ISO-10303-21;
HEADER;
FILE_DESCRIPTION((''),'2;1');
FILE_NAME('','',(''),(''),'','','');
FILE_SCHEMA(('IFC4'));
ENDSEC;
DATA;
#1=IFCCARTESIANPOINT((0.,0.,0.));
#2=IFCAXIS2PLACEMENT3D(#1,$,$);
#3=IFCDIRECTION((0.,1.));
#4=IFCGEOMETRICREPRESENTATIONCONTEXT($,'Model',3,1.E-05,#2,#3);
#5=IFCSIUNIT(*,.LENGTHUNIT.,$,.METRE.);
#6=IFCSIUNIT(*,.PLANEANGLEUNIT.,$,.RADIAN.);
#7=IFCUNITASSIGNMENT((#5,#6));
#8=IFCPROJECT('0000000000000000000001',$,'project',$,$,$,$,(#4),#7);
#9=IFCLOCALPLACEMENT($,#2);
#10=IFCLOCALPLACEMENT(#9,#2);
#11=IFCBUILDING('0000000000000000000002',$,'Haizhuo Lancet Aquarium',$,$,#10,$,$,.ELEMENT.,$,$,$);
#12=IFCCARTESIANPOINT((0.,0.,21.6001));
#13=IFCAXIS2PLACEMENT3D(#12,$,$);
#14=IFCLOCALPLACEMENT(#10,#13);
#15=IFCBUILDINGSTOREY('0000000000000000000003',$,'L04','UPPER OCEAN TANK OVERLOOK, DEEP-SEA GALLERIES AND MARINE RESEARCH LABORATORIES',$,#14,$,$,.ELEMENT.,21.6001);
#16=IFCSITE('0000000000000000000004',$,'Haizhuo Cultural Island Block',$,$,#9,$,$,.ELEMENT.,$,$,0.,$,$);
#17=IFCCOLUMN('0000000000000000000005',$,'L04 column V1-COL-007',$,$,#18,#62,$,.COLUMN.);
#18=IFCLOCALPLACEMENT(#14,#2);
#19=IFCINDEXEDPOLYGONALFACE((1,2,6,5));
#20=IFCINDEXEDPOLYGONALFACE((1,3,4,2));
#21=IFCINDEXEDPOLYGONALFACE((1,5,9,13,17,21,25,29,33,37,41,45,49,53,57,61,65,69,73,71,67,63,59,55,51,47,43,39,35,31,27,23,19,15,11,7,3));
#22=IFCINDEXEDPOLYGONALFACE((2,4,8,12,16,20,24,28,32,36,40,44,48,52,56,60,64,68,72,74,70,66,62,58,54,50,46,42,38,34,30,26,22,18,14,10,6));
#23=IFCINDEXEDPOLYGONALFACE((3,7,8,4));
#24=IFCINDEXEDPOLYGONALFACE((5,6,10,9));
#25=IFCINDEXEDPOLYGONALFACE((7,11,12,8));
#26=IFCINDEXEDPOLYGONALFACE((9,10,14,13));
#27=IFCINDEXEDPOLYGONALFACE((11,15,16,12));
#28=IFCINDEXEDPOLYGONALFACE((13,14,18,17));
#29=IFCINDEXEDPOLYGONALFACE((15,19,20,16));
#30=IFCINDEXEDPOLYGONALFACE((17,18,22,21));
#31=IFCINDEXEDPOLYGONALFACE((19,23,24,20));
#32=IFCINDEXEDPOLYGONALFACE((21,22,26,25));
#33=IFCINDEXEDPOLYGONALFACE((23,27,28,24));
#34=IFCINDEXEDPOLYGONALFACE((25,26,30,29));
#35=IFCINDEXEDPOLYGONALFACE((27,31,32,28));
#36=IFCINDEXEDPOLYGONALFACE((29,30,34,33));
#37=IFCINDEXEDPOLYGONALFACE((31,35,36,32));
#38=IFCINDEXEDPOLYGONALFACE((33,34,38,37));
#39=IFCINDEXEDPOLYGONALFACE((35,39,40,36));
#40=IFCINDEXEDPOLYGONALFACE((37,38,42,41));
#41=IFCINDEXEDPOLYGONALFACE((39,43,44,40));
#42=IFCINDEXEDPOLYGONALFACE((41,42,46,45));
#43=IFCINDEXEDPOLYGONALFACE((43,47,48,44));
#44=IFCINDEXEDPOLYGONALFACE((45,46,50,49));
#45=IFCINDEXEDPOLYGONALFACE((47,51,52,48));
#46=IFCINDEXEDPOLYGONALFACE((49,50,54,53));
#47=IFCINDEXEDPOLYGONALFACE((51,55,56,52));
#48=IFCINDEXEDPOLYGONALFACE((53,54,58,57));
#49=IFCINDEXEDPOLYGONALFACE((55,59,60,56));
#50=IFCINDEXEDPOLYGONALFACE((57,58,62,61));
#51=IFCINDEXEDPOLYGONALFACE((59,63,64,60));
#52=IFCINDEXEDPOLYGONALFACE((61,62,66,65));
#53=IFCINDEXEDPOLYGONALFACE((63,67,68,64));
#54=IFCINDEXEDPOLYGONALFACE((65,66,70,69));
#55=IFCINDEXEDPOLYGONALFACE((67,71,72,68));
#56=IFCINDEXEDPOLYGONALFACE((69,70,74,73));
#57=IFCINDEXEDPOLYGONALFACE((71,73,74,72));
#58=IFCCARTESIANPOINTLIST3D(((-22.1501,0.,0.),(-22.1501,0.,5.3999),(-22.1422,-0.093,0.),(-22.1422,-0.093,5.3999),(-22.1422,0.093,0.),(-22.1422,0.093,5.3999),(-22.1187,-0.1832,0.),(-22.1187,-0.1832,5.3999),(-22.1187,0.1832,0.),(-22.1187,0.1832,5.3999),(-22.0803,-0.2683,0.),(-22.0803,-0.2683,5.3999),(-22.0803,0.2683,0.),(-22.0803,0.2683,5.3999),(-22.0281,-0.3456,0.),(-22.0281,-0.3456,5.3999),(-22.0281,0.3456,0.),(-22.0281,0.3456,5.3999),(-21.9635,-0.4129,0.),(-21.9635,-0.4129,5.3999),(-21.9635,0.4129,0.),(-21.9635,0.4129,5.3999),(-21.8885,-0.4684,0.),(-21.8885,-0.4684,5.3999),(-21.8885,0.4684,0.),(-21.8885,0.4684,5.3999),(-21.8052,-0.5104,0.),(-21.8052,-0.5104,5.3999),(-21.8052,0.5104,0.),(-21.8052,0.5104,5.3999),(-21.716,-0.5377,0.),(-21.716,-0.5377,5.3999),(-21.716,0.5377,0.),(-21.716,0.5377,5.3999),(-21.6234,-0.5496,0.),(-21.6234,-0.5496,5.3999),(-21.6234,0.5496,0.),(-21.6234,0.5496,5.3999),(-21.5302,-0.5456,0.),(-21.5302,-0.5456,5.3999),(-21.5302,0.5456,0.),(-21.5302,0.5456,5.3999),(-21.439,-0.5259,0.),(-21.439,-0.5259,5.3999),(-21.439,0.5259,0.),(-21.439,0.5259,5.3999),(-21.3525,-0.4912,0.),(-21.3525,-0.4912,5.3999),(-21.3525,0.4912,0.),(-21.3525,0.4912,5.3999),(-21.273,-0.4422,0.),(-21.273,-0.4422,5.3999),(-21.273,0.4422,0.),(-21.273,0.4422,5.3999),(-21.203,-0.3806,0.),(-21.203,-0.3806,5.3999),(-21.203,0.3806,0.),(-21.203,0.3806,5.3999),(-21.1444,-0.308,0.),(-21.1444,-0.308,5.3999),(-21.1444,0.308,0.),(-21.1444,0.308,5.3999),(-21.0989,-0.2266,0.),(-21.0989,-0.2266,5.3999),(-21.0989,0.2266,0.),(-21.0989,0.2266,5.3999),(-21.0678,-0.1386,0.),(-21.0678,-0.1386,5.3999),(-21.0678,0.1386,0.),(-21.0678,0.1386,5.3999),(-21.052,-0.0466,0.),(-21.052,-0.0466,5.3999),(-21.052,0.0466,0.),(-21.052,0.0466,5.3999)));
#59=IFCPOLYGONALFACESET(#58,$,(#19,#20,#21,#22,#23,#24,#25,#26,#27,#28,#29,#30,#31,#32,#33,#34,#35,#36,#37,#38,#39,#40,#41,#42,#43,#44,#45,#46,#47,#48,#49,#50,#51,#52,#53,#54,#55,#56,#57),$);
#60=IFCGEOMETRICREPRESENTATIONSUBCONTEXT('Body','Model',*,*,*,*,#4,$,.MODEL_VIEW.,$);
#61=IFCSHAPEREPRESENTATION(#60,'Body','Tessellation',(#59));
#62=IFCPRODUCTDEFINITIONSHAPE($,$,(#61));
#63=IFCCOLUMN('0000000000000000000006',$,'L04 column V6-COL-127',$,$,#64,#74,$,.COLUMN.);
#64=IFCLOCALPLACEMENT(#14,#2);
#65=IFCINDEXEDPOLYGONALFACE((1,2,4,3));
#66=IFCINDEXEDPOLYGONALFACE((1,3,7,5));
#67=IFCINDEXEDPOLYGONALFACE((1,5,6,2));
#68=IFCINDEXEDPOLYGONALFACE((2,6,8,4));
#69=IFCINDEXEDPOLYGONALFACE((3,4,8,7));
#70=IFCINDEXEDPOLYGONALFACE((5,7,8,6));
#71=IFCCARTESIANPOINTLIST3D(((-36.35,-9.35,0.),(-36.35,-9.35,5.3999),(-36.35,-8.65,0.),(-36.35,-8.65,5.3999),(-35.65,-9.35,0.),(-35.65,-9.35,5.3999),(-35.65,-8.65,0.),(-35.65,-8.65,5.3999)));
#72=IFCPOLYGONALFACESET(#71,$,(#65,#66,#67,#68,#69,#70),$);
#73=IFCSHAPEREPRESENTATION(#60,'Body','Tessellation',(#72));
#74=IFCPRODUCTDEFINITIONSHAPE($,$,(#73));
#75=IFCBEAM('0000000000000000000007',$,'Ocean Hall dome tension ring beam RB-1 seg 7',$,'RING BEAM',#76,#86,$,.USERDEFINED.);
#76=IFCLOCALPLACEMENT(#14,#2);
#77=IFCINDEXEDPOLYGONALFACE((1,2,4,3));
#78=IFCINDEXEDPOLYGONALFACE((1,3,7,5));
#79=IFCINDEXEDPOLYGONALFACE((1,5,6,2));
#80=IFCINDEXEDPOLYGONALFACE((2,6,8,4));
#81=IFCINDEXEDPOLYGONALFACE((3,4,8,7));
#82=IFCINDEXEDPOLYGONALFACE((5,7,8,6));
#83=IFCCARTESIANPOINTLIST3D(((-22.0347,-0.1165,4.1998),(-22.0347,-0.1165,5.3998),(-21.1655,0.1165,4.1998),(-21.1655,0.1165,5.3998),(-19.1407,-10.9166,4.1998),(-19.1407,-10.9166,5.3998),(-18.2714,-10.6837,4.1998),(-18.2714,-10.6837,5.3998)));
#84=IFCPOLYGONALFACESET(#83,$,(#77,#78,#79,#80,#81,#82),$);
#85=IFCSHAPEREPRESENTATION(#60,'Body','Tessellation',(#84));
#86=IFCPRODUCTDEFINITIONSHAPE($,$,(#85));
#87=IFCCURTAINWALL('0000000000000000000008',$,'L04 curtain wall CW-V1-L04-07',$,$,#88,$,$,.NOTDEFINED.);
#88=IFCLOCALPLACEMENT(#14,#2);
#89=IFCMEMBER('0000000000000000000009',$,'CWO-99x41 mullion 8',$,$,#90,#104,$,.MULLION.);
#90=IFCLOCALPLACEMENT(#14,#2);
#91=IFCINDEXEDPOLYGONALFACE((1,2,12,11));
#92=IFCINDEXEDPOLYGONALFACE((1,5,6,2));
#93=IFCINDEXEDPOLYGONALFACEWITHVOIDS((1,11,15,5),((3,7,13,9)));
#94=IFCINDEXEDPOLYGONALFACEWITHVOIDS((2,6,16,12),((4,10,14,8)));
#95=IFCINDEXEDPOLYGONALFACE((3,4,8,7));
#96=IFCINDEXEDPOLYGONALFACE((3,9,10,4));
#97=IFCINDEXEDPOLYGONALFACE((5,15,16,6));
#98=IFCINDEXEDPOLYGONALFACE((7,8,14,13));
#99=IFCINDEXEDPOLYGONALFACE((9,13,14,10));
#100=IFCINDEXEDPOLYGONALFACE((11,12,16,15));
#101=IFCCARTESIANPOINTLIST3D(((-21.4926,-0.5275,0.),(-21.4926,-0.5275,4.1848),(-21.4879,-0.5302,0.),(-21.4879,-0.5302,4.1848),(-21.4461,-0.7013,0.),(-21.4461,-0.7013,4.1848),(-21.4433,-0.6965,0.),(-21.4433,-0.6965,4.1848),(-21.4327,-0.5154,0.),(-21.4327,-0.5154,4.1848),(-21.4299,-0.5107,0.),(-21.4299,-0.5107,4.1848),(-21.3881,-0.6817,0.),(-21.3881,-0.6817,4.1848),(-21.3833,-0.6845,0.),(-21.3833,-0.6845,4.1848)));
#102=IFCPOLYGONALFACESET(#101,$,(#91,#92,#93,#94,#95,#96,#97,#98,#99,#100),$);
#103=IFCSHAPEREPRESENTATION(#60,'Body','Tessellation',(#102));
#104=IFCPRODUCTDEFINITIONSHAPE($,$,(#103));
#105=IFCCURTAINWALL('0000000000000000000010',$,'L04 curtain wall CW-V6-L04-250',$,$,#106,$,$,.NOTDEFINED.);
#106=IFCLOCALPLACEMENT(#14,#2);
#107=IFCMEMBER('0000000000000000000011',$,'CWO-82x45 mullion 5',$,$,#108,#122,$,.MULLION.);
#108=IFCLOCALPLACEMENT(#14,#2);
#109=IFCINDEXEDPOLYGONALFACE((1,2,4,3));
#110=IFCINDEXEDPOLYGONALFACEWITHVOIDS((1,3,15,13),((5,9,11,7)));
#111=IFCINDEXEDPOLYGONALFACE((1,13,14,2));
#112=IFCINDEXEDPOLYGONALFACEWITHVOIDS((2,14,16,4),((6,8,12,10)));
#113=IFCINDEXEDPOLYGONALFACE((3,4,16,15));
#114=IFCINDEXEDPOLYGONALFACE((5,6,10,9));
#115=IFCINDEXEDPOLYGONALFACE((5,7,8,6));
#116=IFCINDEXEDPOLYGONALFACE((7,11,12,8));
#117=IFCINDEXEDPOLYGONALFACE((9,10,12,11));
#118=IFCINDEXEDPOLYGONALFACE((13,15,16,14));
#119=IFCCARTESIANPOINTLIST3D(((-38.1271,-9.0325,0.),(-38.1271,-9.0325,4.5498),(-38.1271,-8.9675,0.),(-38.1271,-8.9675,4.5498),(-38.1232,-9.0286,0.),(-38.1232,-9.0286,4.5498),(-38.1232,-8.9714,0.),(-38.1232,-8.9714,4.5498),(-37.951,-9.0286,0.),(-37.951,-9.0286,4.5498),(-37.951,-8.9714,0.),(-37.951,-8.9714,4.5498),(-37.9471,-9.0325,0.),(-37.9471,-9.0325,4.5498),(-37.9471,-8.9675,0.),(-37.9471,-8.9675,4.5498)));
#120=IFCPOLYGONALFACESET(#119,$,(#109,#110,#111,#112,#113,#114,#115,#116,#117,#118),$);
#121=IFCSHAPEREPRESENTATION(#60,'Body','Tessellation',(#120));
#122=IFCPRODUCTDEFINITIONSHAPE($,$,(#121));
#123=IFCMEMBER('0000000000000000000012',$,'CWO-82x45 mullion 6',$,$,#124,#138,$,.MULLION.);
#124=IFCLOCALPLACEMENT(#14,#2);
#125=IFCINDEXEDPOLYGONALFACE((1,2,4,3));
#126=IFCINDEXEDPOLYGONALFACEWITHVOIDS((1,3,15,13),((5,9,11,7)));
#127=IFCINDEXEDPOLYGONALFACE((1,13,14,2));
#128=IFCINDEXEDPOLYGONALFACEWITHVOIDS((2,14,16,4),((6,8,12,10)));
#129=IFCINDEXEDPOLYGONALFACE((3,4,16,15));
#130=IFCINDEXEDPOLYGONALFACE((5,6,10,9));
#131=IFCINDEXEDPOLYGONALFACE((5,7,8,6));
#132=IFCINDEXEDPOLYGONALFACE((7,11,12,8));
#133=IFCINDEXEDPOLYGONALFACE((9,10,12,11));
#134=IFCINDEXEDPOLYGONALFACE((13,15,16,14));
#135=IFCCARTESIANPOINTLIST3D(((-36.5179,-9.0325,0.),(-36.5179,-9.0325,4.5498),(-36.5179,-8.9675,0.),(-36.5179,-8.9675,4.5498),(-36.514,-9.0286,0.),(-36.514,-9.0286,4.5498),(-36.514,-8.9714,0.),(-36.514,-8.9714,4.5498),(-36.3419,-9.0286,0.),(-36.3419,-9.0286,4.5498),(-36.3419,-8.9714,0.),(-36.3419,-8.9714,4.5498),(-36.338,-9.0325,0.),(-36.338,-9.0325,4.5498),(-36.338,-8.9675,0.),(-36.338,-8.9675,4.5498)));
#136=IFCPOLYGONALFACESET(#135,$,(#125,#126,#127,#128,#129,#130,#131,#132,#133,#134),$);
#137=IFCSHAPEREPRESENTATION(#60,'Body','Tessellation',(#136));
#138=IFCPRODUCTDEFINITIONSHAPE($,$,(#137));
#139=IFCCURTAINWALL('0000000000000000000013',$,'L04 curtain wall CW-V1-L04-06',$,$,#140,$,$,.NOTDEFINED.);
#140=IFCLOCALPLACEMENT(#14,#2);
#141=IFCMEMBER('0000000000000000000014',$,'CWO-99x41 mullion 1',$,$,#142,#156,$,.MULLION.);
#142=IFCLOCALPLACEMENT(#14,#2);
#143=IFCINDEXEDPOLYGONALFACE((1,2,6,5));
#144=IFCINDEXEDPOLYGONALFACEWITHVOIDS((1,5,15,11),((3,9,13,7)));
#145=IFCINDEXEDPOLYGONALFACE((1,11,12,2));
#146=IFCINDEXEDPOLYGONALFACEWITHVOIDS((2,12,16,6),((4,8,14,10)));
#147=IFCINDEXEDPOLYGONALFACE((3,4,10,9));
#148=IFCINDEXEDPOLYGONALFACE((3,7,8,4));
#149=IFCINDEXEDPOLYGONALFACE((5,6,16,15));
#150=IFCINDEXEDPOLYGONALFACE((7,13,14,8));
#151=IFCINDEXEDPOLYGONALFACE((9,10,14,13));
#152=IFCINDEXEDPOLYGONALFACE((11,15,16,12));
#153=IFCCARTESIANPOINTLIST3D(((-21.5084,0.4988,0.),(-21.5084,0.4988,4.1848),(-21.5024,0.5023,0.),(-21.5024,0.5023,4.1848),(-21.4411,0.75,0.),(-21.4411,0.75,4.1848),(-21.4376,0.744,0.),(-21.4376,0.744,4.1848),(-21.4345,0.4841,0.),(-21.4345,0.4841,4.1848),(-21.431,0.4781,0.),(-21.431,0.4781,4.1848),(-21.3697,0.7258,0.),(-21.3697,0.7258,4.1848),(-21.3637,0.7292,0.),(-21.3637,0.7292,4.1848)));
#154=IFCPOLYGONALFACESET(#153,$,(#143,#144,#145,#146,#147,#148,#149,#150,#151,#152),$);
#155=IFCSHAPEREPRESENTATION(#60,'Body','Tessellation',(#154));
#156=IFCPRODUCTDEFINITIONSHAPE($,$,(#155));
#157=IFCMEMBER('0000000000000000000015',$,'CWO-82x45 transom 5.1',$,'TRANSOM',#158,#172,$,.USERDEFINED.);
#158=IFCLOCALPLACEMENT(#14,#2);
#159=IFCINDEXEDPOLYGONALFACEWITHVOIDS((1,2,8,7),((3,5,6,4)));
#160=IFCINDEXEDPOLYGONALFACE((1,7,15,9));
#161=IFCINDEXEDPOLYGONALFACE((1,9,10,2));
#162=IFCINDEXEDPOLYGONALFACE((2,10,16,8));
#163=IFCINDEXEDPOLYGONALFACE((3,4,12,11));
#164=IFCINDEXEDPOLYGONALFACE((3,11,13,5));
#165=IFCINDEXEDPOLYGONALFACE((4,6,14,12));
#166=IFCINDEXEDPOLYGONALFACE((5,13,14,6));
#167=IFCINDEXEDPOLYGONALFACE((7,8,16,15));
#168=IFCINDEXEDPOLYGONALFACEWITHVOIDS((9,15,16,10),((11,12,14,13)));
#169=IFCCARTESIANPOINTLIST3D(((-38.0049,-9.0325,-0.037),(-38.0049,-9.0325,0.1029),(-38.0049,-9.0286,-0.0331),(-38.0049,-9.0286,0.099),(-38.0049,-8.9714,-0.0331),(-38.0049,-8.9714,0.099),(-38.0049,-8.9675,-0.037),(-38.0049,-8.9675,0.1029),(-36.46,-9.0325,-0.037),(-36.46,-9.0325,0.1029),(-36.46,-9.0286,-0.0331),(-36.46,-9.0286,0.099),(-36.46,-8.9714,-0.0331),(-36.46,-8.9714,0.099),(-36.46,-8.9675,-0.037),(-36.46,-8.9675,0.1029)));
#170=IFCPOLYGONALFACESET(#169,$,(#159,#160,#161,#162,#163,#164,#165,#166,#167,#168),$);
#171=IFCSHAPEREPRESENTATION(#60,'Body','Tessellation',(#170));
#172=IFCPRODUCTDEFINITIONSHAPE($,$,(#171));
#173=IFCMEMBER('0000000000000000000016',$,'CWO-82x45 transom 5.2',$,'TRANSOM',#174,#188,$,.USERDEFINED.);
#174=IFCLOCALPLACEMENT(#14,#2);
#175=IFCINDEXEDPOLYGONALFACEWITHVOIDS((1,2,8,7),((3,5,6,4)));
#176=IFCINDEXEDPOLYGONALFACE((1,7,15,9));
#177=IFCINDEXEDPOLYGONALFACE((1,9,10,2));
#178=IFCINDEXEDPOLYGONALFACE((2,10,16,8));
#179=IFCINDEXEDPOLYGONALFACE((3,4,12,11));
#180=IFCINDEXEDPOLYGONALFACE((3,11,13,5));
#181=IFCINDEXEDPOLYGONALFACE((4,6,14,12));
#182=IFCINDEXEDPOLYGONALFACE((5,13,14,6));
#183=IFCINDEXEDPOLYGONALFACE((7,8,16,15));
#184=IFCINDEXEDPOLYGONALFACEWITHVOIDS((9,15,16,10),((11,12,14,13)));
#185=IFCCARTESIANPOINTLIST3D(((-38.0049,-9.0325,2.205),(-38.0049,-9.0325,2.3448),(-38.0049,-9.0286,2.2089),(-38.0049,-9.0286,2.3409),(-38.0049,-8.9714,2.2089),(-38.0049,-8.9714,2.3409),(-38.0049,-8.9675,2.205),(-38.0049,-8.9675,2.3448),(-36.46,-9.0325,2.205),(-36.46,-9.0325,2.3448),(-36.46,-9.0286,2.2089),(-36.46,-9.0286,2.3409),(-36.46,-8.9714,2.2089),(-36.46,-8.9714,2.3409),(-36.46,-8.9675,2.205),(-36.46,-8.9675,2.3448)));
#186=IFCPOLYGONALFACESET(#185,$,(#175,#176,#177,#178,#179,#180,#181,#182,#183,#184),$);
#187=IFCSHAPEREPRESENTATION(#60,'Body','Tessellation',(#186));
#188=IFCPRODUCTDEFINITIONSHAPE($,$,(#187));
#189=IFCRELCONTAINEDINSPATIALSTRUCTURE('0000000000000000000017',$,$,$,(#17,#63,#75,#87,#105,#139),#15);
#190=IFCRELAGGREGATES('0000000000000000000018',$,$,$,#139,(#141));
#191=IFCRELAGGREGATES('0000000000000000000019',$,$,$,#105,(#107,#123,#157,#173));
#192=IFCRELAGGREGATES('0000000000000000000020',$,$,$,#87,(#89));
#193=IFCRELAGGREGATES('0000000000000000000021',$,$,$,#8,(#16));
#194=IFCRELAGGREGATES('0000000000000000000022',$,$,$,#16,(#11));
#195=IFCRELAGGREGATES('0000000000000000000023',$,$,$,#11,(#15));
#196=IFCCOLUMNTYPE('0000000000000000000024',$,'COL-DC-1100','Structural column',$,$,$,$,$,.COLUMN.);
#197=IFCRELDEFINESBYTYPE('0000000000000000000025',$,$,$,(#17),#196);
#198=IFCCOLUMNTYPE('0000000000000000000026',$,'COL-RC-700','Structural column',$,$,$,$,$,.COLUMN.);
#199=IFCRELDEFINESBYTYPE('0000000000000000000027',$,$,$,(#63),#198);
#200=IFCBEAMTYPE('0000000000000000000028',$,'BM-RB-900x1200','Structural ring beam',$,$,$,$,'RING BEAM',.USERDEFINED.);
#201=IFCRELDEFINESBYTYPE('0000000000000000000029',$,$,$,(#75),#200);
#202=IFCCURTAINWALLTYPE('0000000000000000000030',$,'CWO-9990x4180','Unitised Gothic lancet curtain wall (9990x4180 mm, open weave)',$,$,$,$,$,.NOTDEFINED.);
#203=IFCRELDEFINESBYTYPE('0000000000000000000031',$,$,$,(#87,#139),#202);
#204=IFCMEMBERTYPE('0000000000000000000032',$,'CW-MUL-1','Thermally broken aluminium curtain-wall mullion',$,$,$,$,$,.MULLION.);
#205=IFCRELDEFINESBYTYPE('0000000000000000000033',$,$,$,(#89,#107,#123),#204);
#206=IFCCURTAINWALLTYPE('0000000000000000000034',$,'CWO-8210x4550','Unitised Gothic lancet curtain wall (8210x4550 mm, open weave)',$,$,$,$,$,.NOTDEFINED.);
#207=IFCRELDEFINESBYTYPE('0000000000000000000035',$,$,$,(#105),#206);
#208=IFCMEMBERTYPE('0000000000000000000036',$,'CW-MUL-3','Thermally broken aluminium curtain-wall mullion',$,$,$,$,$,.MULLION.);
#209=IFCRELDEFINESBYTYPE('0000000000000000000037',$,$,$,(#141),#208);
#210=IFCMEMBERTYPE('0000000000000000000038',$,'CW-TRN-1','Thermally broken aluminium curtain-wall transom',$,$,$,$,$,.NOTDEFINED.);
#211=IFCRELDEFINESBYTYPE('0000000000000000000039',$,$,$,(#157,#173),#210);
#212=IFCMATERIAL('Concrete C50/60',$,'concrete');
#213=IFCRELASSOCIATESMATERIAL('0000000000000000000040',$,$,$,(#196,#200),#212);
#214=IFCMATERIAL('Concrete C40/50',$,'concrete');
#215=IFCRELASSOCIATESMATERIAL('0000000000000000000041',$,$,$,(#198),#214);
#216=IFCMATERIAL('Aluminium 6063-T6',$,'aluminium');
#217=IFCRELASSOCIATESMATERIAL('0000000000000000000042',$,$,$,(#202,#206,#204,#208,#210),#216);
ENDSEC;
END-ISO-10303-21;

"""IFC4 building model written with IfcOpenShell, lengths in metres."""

from ifc_helpers import new_model, si_unit, direction, frame, origin, origin_2d, place, context, subcontext, project, spatial, rectangle, hollow_rectangle, circle, extrude, material, material_profile, profile_set, type_object, element, aggregate, save


model = new_model("IFC4")

# Units and contexts
model_context = context("Model", 3, precision=1e-05, world=origin(), true_north=direction((0.0, 1.0)))
body_context = subcontext(model_context, "Body", "Model", "MODEL_VIEW")
ifc_project = project(units=[si_unit("LENGTHUNIT", "METRE"), si_unit("PLANEANGLEUNIT", "RADIAN")], contexts=[model_context])

# Site, building, storey
site_placement = place(None, origin())
site = spatial("IfcSite", under=ifc_project, at=site_placement, Name="Haizhuo Cultural Island Block", CompositionType="ELEMENT", RefElevation=0.0)
building_placement = place(site_placement, origin())
building = spatial("IfcBuilding", under=site, at=building_placement, Name="Haizhuo Lancet Aquarium", CompositionType="ELEMENT")
storey_placement = place(building_placement, frame((0.0, 0.0, 21.6001)))
storey = spatial("IfcBuildingStorey", under=building, at=storey_placement, Name="L04", Description="UPPER OCEAN TANK OVERLOOK, DEEP-SEA GALLERIES AND MARINE RESEARCH LABORATORIES", CompositionType="ELEMENT", Elevation=21.6001)

# Columns
ifc_material_1 = material(Name="Concrete C50/60", Category="concrete")
ifc_material_profile_1 = material_profile(ifc_material_1, circle(Radius=0.55, at=origin_2d()), Name="RC-DC 1100")
ifc_profile_set_1 = profile_set([ifc_material_profile_1], Name="Concrete C50/60")
column_type_1 = type_object("IfcColumnType", Name="COL-DC-1100", Description="Structural column", PredefinedType="COLUMN", material=ifc_profile_set_1)
column_1_placement = place(storey_placement, frame((-21.6001, 0.0, 0.0), z_axis=(0.0, 0.0, 1.0), x_axis=(-1.0, 0.0, 0.0)))
element("IfcColumn", 1, at=column_1_placement, inside=storey, type_object=column_type_1, Name="L04 column V1-COL-007", PredefinedType="COLUMN", context=body_context, shape_type="SweptSolid", body=[
    extrude(circle(Radius=0.55, at=origin_2d()), origin(), (0.0, 0.0, 1.0), 5.3999),
])
ifc_material_2 = material(Name="Concrete C40/50", Category="concrete")
ifc_material_profile_2 = material_profile(ifc_material_2, rectangle(XDim=0.7, YDim=0.7, at=origin_2d()), Name="RC-COL 700x700")
ifc_profile_set_2 = profile_set([ifc_material_profile_2], Name="Concrete C40/50")
column_type_2 = type_object("IfcColumnType", Name="COL-RC-700", Description="Structural column", PredefinedType="COLUMN", material=ifc_profile_set_2)
column_2_placement = place(storey_placement, frame((-36.0, -9.0, 0.0), z_axis=(0.0, 0.0, 1.0), x_axis=(1.0, 0.0, 0.0)))
element("IfcColumn", 2, at=column_2_placement, inside=storey, type_object=column_type_2, Name="L04 column V6-COL-127", PredefinedType="COLUMN", context=body_context, shape_type="SweptSolid", body=[
    extrude(rectangle(XDim=0.7, YDim=0.7, at=origin_2d()), origin(), (0.0, 0.0, 1.0), 5.3999),
])

# Beam
ifc_material_profile_3 = material_profile(ifc_material_1, rectangle(XDim=0.8999, YDim=1.2, at=origin_2d()), Name="RC-RB 900x1200")
ifc_profile_set_3 = profile_set([ifc_material_profile_3], Name="Concrete C50/60")
beam_type = type_object("IfcBeamType", Name="BM-RB-900x1200", Description="Structural ring beam", ElementType="RING BEAM", PredefinedType="USERDEFINED", material=ifc_profile_set_3)
beam_placement = place(storey_placement, frame((-21.6001, 0.0, 4.7998), z_axis=(0.258834, -0.965922, 0.0), x_axis=(0.965922, 0.258834, 0.0)))
element("IfcBeam", 3, at=beam_placement, inside=storey, type_object=beam_type, Name="Ocean Hall dome tension ring beam RB-1 seg 7", ObjectType="RING BEAM", PredefinedType="USERDEFINED", context=body_context, shape_type="SweptSolid", body=[
    extrude(rectangle(XDim=0.8999, YDim=1.2, at=origin_2d()), origin(), (0.0, 0.0, 1.0), 11.1812),
])

# Curtain wall, member
ifc_material_3 = material(Name="Aluminium 6063-T6", Category="aluminium")
curtain_wall_type_1 = type_object("IfcCurtainWallType", Name="CWO-9990x4180", Description="Unitised Gothic lancet curtain wall (9990x4180 mm, open weave)", PredefinedType="NOTDEFINED", material=ifc_material_3)
curtain_wall_1_placement = place(storey_placement, origin())
curtain_wall_1 = element("IfcCurtainWall", 4, at=curtain_wall_1_placement, inside=storey, type_object=curtain_wall_type_1, Name="L04 curtain wall CW-V1-L04-07", PredefinedType="NOTDEFINED")
ifc_material_profile_4 = material_profile(ifc_material_3, hollow_rectangle(XDim=0.0649, YDim=0.1799, WallThickness=0.0039, at=origin_2d()), Name="ALU-M 65x180x4")
ifc_profile_set_4 = profile_set([ifc_material_profile_4], Name="Aluminium 6063-T6")
member_type_1 = type_object("IfcMemberType", Name="CW-MUL-1", Description="Thermally broken aluminium curtain-wall mullion", PredefinedType="MULLION", material=ifc_profile_set_4)
member_1_placement = place(storey_placement, frame((-21.438, -0.606, 0.0), z_axis=(0.0, 0.0, 1.0), x_axis=(-0.965917, -0.258853, 0.0)))
member_1 = element("IfcMember", 5, at=member_1_placement, type_object=member_type_1, Name="CWO-99x41 mullion 8", PredefinedType="MULLION", context=body_context, shape_type="SweptSolid", body=[
    extrude(hollow_rectangle(XDim=0.0649, YDim=0.1799, WallThickness=0.0039, at=origin_2d()), origin(), (0.0, 0.0, 1.0), 4.1848),
])

# Curtain wall, members
curtain_wall_type_2 = type_object("IfcCurtainWallType", Name="CWO-8210x4550", Description="Unitised Gothic lancet curtain wall (8210x4550 mm, open weave)", PredefinedType="NOTDEFINED", material=ifc_material_3)
curtain_wall_2_placement = place(storey_placement, origin())
curtain_wall_2 = element("IfcCurtainWall", 6, at=curtain_wall_2_placement, inside=storey, type_object=curtain_wall_type_2, Name="L04 curtain wall CW-V6-L04-250", PredefinedType="NOTDEFINED")
member_2_placement = place(storey_placement, frame((-38.0371, -9.0, 0.0), z_axis=(0.0, 0.0, 1.0), x_axis=(0.0, 1.0, 0.0)))
member_2 = element("IfcMember", 7, at=member_2_placement, type_object=member_type_1, Name="CWO-82x45 mullion 5", PredefinedType="MULLION", context=body_context, shape_type="SweptSolid", body=[
    extrude(hollow_rectangle(XDim=0.0649, YDim=0.1799, WallThickness=0.0039, at=origin_2d()), origin(), (0.0, 0.0, 1.0), 4.5498),
])
member_3_placement = place(storey_placement, frame((-36.428, -9.0, 0.0), z_axis=(0.0, 0.0, 1.0), x_axis=(0.0, 1.0, 0.0)))
member_3 = element("IfcMember", 8, at=member_3_placement, type_object=member_type_1, Name="CWO-82x45 mullion 6", PredefinedType="MULLION", context=body_context, shape_type="SweptSolid", body=[
    extrude(hollow_rectangle(XDim=0.0649, YDim=0.1799, WallThickness=0.0039, at=origin_2d()), origin(), (0.0, 0.0, 1.0), 4.5498),
])

# Curtain wall, member
curtain_wall_3_placement = place(storey_placement, origin())
curtain_wall_3 = element("IfcCurtainWall", 9, at=curtain_wall_3_placement, inside=storey, type_object=curtain_wall_type_1, Name="L04 curtain wall CW-V1-L04-06", PredefinedType="NOTDEFINED")
ifc_material_profile_5 = material_profile(ifc_material_3, hollow_rectangle(XDim=0.0801, YDim=0.26, WallThickness=0.0049, at=origin_2d()), Name="ALU-M 80x260x5")
ifc_profile_set_5 = profile_set([ifc_material_profile_5], Name="Aluminium 6063-T6")
member_type_2 = type_object("IfcMemberType", Name="CW-MUL-3", Description="Thermally broken aluminium curtain-wall mullion", PredefinedType="MULLION", material=ifc_profile_set_5)
member_4_placement = place(storey_placement, frame((-21.436, 0.614, 0.0), z_axis=(0.0, 0.0, 1.0), x_axis=(-0.965917, 0.258853, 0.0)))
member_4 = element("IfcMember", 10, at=member_4_placement, type_object=member_type_2, Name="CWO-99x41 mullion 1", PredefinedType="MULLION", context=body_context, shape_type="SweptSolid", body=[
    extrude(hollow_rectangle(XDim=0.0801, YDim=0.26, WallThickness=0.0049, at=origin_2d()), origin(), (0.0, 0.0, 1.0), 4.1848),
])

# Members
ifc_material_profile_6 = material_profile(ifc_material_3, hollow_rectangle(XDim=0.0649, YDim=0.1399, WallThickness=0.0039, at=origin_2d()), Name="ALU-T 65x140x4")
ifc_profile_set_6 = profile_set([ifc_material_profile_6], Name="Aluminium 6063-T6")
member_type_3 = type_object("IfcMemberType", Name="CW-TRN-1", Description="Thermally broken aluminium curtain-wall transom", PredefinedType="NOTDEFINED", material=ifc_profile_set_6)
member_5_placement = place(storey_placement, frame((-38.0049, -9.0, 0.033), z_axis=(1.0, 0.0, 0.0), x_axis=(0.0, 1.0, 0.0)))
member_5 = element("IfcMember", 11, at=member_5_placement, type_object=member_type_3, Name="CWO-82x45 transom 5.1", ObjectType="TRANSOM", PredefinedType="USERDEFINED", context=body_context, shape_type="SweptSolid", body=[
    extrude(hollow_rectangle(XDim=0.0649, YDim=0.1399, WallThickness=0.0039, at=origin_2d()), origin(), (0.0, 0.0, 1.0), 1.5449),
])
member_6_placement = place(storey_placement, frame((-38.0049, -9.0, 2.2749), z_axis=(1.0, 0.0, 0.0), x_axis=(0.0, 1.0, 0.0)))
member_6 = element("IfcMember", 12, at=member_6_placement, type_object=member_type_3, Name="CWO-82x45 transom 5.2", ObjectType="TRANSOM", PredefinedType="USERDEFINED", context=body_context, shape_type="SweptSolid", body=[
    extrude(hollow_rectangle(XDim=0.0649, YDim=0.1399, WallThickness=0.0039, at=origin_2d()), origin(), (0.0, 0.0, 1.0), 1.5449),
])
aggregate(curtain_wall_3, [member_4])

aggregate(curtain_wall_2, [member_2, member_3, member_5, member_6])
aggregate(curtain_wall_1, [member_1])

save(model, "model.ifc")
